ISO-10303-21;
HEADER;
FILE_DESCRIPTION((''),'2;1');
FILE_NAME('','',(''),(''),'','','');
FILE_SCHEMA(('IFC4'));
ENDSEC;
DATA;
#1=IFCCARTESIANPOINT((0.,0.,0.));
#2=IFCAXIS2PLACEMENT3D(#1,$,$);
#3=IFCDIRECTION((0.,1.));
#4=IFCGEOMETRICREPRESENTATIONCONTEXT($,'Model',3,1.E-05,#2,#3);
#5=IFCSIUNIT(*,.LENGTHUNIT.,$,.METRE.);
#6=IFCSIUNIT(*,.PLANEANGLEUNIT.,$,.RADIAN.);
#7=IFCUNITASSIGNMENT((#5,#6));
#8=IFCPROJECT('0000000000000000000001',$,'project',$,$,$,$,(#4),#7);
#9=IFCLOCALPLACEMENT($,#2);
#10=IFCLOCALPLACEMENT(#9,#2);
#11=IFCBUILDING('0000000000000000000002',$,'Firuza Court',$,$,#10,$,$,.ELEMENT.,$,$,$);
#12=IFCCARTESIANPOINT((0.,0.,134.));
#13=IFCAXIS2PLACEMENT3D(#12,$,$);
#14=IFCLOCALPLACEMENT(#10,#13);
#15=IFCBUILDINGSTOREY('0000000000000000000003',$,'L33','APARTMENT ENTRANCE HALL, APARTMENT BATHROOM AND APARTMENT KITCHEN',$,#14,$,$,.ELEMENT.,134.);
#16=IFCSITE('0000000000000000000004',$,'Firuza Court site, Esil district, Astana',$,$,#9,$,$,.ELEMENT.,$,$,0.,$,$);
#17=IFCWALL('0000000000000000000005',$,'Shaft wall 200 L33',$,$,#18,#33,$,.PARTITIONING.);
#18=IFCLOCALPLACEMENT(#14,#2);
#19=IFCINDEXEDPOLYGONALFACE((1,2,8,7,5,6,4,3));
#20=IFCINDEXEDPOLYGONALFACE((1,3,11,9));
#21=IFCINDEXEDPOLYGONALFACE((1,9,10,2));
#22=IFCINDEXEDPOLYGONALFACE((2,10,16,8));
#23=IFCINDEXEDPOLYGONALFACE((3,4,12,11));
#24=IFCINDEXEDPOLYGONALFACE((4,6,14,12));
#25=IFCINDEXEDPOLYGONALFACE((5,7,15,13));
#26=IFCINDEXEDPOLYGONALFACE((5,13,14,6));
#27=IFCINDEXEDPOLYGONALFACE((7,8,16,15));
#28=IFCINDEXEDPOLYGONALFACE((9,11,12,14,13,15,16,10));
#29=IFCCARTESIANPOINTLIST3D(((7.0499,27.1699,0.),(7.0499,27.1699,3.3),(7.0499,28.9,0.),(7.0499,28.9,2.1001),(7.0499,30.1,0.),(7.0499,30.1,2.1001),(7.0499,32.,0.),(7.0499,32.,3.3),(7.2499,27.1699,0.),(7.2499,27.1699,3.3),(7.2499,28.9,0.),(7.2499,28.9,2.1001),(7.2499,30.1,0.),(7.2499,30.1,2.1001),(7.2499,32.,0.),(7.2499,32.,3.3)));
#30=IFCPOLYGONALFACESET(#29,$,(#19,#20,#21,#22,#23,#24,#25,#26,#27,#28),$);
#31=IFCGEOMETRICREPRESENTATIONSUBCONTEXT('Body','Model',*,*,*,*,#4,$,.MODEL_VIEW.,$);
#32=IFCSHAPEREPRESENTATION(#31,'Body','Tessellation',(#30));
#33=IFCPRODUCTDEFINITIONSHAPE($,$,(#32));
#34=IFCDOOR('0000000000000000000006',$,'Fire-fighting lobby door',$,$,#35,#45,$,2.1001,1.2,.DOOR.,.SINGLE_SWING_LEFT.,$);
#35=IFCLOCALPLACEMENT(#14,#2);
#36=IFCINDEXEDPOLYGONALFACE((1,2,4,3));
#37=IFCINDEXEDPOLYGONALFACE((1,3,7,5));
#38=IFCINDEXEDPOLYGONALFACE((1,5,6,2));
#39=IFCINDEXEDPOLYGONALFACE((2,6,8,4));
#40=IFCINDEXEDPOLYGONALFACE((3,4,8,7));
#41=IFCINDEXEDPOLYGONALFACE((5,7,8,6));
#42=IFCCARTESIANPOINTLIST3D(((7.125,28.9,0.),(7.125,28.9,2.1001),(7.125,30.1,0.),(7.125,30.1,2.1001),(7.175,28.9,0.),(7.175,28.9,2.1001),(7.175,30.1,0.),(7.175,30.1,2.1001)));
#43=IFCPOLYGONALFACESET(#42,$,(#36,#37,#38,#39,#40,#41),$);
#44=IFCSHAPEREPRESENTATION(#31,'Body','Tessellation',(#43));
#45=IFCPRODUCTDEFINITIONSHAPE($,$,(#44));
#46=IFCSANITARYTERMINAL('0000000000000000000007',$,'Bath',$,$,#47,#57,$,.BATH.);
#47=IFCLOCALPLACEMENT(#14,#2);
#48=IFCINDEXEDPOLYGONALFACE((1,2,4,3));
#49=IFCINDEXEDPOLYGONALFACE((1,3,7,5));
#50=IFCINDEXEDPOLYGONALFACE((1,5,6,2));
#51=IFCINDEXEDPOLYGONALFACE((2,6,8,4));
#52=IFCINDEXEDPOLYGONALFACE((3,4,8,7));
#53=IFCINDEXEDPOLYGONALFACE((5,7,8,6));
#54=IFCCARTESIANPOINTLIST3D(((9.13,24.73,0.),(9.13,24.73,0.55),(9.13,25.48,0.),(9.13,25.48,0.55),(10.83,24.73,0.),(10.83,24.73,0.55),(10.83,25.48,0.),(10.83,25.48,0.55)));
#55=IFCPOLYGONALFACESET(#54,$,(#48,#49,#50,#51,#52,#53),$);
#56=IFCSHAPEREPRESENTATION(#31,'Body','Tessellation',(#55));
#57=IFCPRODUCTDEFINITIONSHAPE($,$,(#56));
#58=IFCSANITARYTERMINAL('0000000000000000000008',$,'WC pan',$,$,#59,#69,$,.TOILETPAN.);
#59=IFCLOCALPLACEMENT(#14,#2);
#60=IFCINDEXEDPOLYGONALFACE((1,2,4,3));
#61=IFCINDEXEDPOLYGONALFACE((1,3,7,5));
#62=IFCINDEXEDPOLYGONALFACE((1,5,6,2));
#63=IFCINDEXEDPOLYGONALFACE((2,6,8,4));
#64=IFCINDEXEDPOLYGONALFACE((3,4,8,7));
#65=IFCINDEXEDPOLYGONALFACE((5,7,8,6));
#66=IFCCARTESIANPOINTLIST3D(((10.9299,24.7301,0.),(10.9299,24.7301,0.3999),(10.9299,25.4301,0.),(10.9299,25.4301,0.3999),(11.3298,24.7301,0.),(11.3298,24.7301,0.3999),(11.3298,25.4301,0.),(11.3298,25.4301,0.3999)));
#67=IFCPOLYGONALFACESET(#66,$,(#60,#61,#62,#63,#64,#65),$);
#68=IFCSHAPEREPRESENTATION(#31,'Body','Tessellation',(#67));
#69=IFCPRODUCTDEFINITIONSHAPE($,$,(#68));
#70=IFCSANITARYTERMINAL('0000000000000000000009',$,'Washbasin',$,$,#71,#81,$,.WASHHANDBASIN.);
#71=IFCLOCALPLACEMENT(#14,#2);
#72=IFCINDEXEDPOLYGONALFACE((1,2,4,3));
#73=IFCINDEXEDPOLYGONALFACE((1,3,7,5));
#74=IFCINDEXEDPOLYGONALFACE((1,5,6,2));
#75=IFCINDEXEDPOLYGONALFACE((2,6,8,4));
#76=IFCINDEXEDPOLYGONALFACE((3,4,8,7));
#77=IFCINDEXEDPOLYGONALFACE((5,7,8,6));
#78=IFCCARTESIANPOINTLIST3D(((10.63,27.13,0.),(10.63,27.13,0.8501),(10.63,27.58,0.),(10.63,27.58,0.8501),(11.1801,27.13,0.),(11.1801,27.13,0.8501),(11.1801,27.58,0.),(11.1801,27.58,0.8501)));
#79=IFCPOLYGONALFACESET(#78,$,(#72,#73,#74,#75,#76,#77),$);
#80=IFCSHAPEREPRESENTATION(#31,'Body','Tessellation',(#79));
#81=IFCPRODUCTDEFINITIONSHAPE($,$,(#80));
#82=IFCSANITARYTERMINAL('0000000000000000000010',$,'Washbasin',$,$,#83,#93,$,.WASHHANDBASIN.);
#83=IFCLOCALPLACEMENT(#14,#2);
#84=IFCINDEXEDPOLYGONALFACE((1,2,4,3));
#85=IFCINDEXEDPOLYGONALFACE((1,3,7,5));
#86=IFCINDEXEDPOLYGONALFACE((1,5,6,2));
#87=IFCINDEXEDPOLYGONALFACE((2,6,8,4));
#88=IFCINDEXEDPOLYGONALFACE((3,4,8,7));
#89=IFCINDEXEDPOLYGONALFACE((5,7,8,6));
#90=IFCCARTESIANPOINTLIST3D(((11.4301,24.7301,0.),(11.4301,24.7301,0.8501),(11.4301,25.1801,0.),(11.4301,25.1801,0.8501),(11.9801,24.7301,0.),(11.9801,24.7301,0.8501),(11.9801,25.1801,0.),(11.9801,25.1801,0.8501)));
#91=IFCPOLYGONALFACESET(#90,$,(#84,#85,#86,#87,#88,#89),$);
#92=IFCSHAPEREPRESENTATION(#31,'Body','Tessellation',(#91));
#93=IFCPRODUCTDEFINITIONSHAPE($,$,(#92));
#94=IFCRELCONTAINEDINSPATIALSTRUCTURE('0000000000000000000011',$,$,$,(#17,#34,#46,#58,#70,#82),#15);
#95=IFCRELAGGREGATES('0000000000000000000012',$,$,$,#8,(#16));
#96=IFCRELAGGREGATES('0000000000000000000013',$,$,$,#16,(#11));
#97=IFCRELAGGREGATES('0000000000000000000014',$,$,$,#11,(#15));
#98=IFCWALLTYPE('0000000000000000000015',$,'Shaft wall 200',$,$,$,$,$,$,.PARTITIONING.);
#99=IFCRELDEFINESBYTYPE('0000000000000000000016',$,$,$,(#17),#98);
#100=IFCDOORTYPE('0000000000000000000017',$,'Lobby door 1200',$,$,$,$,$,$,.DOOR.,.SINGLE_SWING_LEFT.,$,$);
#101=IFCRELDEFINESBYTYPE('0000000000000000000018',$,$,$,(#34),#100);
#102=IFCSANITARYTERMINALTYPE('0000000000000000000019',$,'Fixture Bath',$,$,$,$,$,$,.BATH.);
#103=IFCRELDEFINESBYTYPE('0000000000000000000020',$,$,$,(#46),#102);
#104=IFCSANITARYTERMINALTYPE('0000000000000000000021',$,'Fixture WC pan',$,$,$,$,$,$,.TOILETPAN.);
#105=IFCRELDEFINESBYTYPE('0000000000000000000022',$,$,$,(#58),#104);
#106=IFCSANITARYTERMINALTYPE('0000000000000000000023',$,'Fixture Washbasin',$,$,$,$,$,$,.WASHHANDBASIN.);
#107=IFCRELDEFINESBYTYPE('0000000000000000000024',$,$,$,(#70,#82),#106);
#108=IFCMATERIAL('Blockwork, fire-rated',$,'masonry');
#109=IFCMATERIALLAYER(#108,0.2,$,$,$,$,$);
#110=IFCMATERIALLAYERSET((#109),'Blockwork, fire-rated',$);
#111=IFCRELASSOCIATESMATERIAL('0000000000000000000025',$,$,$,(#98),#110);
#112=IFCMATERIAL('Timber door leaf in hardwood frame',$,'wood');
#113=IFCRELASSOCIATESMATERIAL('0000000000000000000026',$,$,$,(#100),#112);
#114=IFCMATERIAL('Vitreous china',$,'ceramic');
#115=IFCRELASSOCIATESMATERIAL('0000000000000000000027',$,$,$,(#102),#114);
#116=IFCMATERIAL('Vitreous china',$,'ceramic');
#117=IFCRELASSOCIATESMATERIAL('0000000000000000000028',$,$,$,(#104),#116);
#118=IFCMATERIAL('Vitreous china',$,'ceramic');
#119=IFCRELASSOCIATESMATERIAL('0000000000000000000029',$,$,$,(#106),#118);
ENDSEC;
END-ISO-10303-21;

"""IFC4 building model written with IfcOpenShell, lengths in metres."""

from ifc_helpers import new_model, si_unit, direction, frame, frame_2d, origin, origin_2d, place, context, subcontext, project, spatial, rectangle, extrude, material, layer, layer_set, type_object, element, fill, save


model = new_model("IFC4")

# Units and contexts
model_context = context("Model", 3, precision=1e-05, world=origin(), true_north=direction((0.0, 1.0)))
body_context = subcontext(model_context, "Body", "Model", "MODEL_VIEW")
ifc_project = project(units=[si_unit("LENGTHUNIT", "METRE"), si_unit("PLANEANGLEUNIT", "RADIAN")], contexts=[model_context])

# Site, building, storey
site_placement = place(None, origin())
site = spatial("IfcSite", under=ifc_project, at=site_placement, Name="Firuza Court site, Esil district, Astana", CompositionType="ELEMENT", RefElevation=0.0)
building_placement = place(site_placement, origin())
building = spatial("IfcBuilding", under=site, at=building_placement, Name="Firuza Court", CompositionType="ELEMENT")
storey_placement = place(building_placement, frame((0.0, 0.0, 134.0)))
storey = spatial("IfcBuildingStorey", under=building, at=storey_placement, Name="L33", Description="APARTMENT ENTRANCE HALL, APARTMENT BATHROOM AND APARTMENT KITCHEN", CompositionType="ELEMENT", Elevation=134.0)

# Wall, opening, door
ifc_material_1 = material(Name="Blockwork, fire-rated", Category="masonry")
ifc_layer_1 = layer(ifc_material_1, 0.2)
ifc_layer_set_1 = layer_set([ifc_layer_1], Name="Blockwork, fire-rated")
wall_type_1 = type_object("IfcWallType", Name="Shaft wall 200", PredefinedType="PARTITIONING", material=ifc_layer_set_1)
wall_1_placement = place(storey_placement, frame((7.1499, 27.1699, 0.0), z_axis=(0.0, 0.0, 1.0), x_axis=(0.0, 1.0, 0.0)))
wall_1 = element("IfcWall", 1, at=wall_1_placement, inside=storey, type_object=wall_type_1, Name="Shaft wall 200 L33", PredefinedType="PARTITIONING", context=body_context, shape_type="SweptSolid", body=[
    extrude(rectangle(XDim=4.8301, YDim=0.2, at=frame_2d((2.415, 0.0))), origin(), (0.0, 0.0, 1.0), 3.3),
])
opening_1_placement = place(wall_1_placement, frame((1.73, 0.0, 0.0)))
opening_1 = element("IfcOpeningElement", 2, at=opening_1_placement, cuts=wall_1, PredefinedType="OPENING", context=body_context, shape_type="SweptSolid", body=[
    extrude(rectangle(XDim=1.2, YDim=2.1001, at=frame_2d((0.6001, 1.05))), frame((0.0, 0.1118, 0.0), z_axis=(0.0, -1.0, 0.0), x_axis=(1.0, 0.0, 0.0)), (0.0, 0.0, 1.0), 0.2239),
])
ifc_material_2 = material(Name="Timber door leaf in hardwood frame", Category="wood")
door_type_1 = type_object("IfcDoorType", Name="Lobby door 1200", OperationType="SINGLE_SWING_LEFT", PredefinedType="DOOR", material=ifc_material_2)
door_1_placement = place(opening_1_placement, origin())
door_1 = element("IfcDoor", 3, at=door_1_placement, inside=storey, type_object=door_type_1, Name="Fire-fighting lobby door", OperationType="SINGLE_SWING_LEFT", OverallHeight=2.1001, OverallWidth=1.2, PredefinedType="DOOR", context=body_context, shape_type="SweptSolid", body=[
    extrude(rectangle(XDim=1.2, YDim=2.1001, at=frame_2d((0.6001, 1.05))), frame((0.0, 0.0249, 0.0), z_axis=(0.0, -1.0, 0.0), x_axis=(1.0, 0.0, 0.0)), (0.0, 0.0, 1.0), 0.05),
])
fill(opening_1, door_1)

# Sanitary terminals
ifc_material_3 = material(Name="Vitreous china", Category="ceramic")
sanitary_terminal_type_1 = type_object("IfcSanitaryTerminalType", Name="Fixture Bath", PredefinedType="BATH", material=ifc_material_3)
sanitary_terminal_1_placement = place(storey_placement, frame((9.98, 25.105, 0.0), z_axis=(0.0, 0.0, 1.0), x_axis=(1.0, 0.0, 0.0)))
element("IfcSanitaryTerminal", 4, at=sanitary_terminal_1_placement, inside=storey, type_object=sanitary_terminal_type_1, Name="Bath", PredefinedType="BATH", context=body_context, shape_type="SweptSolid", body=[
    extrude(rectangle(XDim=1.7, YDim=0.75, at=origin_2d()), origin(), (0.0, 0.0, 1.0), 0.55),
])
ifc_material_4 = material(Name="Vitreous china", Category="ceramic")
sanitary_terminal_type_2 = type_object("IfcSanitaryTerminalType", Name="Fixture WC pan", PredefinedType="TOILETPAN", material=ifc_material_4)
sanitary_terminal_2_placement = place(storey_placement, frame((11.1299, 25.0801, 0.0), z_axis=(0.0, 0.0, 1.0), x_axis=(1.0, 0.0, 0.0)))
element("IfcSanitaryTerminal", 5, at=sanitary_terminal_2_placement, inside=storey, type_object=sanitary_terminal_type_2, Name="WC pan", PredefinedType="TOILETPAN", context=body_context, shape_type="SweptSolid", body=[
    extrude(rectangle(XDim=0.3999, YDim=0.7, at=origin_2d()), origin(), (0.0, 0.0, 1.0), 0.3999),
])
ifc_material_5 = material(Name="Vitreous china", Category="ceramic")
sanitary_terminal_type_3 = type_object("IfcSanitaryTerminalType", Name="Fixture Washbasin", PredefinedType="WASHHANDBASIN", material=ifc_material_5)
for number, where, z_axis, x_axis, name in (
    (6, (10.905, 27.355, 0.0), (0.0, 0.0, 1.0), (1.0, 0.0, 0.0), "Washbasin"),
    (7, (11.7051, 24.9551, 0.0), (0.0, 0.0, 1.0), (1.0, 0.0, 0.0), "Washbasin"),
):
    element("IfcSanitaryTerminal", number, at=place(storey_placement, frame(where, z_axis=z_axis, x_axis=x_axis)), inside=storey, type_object=sanitary_terminal_type_3, Name=name, PredefinedType="WASHHANDBASIN", context=body_context, shape_type="SweptSolid", body=[
        extrude(rectangle(XDim=0.55, YDim=0.45, at=origin_2d()), origin(), (0.0, 0.0, 1.0), 0.8501),
    ])

save(model, "model.ifc")
